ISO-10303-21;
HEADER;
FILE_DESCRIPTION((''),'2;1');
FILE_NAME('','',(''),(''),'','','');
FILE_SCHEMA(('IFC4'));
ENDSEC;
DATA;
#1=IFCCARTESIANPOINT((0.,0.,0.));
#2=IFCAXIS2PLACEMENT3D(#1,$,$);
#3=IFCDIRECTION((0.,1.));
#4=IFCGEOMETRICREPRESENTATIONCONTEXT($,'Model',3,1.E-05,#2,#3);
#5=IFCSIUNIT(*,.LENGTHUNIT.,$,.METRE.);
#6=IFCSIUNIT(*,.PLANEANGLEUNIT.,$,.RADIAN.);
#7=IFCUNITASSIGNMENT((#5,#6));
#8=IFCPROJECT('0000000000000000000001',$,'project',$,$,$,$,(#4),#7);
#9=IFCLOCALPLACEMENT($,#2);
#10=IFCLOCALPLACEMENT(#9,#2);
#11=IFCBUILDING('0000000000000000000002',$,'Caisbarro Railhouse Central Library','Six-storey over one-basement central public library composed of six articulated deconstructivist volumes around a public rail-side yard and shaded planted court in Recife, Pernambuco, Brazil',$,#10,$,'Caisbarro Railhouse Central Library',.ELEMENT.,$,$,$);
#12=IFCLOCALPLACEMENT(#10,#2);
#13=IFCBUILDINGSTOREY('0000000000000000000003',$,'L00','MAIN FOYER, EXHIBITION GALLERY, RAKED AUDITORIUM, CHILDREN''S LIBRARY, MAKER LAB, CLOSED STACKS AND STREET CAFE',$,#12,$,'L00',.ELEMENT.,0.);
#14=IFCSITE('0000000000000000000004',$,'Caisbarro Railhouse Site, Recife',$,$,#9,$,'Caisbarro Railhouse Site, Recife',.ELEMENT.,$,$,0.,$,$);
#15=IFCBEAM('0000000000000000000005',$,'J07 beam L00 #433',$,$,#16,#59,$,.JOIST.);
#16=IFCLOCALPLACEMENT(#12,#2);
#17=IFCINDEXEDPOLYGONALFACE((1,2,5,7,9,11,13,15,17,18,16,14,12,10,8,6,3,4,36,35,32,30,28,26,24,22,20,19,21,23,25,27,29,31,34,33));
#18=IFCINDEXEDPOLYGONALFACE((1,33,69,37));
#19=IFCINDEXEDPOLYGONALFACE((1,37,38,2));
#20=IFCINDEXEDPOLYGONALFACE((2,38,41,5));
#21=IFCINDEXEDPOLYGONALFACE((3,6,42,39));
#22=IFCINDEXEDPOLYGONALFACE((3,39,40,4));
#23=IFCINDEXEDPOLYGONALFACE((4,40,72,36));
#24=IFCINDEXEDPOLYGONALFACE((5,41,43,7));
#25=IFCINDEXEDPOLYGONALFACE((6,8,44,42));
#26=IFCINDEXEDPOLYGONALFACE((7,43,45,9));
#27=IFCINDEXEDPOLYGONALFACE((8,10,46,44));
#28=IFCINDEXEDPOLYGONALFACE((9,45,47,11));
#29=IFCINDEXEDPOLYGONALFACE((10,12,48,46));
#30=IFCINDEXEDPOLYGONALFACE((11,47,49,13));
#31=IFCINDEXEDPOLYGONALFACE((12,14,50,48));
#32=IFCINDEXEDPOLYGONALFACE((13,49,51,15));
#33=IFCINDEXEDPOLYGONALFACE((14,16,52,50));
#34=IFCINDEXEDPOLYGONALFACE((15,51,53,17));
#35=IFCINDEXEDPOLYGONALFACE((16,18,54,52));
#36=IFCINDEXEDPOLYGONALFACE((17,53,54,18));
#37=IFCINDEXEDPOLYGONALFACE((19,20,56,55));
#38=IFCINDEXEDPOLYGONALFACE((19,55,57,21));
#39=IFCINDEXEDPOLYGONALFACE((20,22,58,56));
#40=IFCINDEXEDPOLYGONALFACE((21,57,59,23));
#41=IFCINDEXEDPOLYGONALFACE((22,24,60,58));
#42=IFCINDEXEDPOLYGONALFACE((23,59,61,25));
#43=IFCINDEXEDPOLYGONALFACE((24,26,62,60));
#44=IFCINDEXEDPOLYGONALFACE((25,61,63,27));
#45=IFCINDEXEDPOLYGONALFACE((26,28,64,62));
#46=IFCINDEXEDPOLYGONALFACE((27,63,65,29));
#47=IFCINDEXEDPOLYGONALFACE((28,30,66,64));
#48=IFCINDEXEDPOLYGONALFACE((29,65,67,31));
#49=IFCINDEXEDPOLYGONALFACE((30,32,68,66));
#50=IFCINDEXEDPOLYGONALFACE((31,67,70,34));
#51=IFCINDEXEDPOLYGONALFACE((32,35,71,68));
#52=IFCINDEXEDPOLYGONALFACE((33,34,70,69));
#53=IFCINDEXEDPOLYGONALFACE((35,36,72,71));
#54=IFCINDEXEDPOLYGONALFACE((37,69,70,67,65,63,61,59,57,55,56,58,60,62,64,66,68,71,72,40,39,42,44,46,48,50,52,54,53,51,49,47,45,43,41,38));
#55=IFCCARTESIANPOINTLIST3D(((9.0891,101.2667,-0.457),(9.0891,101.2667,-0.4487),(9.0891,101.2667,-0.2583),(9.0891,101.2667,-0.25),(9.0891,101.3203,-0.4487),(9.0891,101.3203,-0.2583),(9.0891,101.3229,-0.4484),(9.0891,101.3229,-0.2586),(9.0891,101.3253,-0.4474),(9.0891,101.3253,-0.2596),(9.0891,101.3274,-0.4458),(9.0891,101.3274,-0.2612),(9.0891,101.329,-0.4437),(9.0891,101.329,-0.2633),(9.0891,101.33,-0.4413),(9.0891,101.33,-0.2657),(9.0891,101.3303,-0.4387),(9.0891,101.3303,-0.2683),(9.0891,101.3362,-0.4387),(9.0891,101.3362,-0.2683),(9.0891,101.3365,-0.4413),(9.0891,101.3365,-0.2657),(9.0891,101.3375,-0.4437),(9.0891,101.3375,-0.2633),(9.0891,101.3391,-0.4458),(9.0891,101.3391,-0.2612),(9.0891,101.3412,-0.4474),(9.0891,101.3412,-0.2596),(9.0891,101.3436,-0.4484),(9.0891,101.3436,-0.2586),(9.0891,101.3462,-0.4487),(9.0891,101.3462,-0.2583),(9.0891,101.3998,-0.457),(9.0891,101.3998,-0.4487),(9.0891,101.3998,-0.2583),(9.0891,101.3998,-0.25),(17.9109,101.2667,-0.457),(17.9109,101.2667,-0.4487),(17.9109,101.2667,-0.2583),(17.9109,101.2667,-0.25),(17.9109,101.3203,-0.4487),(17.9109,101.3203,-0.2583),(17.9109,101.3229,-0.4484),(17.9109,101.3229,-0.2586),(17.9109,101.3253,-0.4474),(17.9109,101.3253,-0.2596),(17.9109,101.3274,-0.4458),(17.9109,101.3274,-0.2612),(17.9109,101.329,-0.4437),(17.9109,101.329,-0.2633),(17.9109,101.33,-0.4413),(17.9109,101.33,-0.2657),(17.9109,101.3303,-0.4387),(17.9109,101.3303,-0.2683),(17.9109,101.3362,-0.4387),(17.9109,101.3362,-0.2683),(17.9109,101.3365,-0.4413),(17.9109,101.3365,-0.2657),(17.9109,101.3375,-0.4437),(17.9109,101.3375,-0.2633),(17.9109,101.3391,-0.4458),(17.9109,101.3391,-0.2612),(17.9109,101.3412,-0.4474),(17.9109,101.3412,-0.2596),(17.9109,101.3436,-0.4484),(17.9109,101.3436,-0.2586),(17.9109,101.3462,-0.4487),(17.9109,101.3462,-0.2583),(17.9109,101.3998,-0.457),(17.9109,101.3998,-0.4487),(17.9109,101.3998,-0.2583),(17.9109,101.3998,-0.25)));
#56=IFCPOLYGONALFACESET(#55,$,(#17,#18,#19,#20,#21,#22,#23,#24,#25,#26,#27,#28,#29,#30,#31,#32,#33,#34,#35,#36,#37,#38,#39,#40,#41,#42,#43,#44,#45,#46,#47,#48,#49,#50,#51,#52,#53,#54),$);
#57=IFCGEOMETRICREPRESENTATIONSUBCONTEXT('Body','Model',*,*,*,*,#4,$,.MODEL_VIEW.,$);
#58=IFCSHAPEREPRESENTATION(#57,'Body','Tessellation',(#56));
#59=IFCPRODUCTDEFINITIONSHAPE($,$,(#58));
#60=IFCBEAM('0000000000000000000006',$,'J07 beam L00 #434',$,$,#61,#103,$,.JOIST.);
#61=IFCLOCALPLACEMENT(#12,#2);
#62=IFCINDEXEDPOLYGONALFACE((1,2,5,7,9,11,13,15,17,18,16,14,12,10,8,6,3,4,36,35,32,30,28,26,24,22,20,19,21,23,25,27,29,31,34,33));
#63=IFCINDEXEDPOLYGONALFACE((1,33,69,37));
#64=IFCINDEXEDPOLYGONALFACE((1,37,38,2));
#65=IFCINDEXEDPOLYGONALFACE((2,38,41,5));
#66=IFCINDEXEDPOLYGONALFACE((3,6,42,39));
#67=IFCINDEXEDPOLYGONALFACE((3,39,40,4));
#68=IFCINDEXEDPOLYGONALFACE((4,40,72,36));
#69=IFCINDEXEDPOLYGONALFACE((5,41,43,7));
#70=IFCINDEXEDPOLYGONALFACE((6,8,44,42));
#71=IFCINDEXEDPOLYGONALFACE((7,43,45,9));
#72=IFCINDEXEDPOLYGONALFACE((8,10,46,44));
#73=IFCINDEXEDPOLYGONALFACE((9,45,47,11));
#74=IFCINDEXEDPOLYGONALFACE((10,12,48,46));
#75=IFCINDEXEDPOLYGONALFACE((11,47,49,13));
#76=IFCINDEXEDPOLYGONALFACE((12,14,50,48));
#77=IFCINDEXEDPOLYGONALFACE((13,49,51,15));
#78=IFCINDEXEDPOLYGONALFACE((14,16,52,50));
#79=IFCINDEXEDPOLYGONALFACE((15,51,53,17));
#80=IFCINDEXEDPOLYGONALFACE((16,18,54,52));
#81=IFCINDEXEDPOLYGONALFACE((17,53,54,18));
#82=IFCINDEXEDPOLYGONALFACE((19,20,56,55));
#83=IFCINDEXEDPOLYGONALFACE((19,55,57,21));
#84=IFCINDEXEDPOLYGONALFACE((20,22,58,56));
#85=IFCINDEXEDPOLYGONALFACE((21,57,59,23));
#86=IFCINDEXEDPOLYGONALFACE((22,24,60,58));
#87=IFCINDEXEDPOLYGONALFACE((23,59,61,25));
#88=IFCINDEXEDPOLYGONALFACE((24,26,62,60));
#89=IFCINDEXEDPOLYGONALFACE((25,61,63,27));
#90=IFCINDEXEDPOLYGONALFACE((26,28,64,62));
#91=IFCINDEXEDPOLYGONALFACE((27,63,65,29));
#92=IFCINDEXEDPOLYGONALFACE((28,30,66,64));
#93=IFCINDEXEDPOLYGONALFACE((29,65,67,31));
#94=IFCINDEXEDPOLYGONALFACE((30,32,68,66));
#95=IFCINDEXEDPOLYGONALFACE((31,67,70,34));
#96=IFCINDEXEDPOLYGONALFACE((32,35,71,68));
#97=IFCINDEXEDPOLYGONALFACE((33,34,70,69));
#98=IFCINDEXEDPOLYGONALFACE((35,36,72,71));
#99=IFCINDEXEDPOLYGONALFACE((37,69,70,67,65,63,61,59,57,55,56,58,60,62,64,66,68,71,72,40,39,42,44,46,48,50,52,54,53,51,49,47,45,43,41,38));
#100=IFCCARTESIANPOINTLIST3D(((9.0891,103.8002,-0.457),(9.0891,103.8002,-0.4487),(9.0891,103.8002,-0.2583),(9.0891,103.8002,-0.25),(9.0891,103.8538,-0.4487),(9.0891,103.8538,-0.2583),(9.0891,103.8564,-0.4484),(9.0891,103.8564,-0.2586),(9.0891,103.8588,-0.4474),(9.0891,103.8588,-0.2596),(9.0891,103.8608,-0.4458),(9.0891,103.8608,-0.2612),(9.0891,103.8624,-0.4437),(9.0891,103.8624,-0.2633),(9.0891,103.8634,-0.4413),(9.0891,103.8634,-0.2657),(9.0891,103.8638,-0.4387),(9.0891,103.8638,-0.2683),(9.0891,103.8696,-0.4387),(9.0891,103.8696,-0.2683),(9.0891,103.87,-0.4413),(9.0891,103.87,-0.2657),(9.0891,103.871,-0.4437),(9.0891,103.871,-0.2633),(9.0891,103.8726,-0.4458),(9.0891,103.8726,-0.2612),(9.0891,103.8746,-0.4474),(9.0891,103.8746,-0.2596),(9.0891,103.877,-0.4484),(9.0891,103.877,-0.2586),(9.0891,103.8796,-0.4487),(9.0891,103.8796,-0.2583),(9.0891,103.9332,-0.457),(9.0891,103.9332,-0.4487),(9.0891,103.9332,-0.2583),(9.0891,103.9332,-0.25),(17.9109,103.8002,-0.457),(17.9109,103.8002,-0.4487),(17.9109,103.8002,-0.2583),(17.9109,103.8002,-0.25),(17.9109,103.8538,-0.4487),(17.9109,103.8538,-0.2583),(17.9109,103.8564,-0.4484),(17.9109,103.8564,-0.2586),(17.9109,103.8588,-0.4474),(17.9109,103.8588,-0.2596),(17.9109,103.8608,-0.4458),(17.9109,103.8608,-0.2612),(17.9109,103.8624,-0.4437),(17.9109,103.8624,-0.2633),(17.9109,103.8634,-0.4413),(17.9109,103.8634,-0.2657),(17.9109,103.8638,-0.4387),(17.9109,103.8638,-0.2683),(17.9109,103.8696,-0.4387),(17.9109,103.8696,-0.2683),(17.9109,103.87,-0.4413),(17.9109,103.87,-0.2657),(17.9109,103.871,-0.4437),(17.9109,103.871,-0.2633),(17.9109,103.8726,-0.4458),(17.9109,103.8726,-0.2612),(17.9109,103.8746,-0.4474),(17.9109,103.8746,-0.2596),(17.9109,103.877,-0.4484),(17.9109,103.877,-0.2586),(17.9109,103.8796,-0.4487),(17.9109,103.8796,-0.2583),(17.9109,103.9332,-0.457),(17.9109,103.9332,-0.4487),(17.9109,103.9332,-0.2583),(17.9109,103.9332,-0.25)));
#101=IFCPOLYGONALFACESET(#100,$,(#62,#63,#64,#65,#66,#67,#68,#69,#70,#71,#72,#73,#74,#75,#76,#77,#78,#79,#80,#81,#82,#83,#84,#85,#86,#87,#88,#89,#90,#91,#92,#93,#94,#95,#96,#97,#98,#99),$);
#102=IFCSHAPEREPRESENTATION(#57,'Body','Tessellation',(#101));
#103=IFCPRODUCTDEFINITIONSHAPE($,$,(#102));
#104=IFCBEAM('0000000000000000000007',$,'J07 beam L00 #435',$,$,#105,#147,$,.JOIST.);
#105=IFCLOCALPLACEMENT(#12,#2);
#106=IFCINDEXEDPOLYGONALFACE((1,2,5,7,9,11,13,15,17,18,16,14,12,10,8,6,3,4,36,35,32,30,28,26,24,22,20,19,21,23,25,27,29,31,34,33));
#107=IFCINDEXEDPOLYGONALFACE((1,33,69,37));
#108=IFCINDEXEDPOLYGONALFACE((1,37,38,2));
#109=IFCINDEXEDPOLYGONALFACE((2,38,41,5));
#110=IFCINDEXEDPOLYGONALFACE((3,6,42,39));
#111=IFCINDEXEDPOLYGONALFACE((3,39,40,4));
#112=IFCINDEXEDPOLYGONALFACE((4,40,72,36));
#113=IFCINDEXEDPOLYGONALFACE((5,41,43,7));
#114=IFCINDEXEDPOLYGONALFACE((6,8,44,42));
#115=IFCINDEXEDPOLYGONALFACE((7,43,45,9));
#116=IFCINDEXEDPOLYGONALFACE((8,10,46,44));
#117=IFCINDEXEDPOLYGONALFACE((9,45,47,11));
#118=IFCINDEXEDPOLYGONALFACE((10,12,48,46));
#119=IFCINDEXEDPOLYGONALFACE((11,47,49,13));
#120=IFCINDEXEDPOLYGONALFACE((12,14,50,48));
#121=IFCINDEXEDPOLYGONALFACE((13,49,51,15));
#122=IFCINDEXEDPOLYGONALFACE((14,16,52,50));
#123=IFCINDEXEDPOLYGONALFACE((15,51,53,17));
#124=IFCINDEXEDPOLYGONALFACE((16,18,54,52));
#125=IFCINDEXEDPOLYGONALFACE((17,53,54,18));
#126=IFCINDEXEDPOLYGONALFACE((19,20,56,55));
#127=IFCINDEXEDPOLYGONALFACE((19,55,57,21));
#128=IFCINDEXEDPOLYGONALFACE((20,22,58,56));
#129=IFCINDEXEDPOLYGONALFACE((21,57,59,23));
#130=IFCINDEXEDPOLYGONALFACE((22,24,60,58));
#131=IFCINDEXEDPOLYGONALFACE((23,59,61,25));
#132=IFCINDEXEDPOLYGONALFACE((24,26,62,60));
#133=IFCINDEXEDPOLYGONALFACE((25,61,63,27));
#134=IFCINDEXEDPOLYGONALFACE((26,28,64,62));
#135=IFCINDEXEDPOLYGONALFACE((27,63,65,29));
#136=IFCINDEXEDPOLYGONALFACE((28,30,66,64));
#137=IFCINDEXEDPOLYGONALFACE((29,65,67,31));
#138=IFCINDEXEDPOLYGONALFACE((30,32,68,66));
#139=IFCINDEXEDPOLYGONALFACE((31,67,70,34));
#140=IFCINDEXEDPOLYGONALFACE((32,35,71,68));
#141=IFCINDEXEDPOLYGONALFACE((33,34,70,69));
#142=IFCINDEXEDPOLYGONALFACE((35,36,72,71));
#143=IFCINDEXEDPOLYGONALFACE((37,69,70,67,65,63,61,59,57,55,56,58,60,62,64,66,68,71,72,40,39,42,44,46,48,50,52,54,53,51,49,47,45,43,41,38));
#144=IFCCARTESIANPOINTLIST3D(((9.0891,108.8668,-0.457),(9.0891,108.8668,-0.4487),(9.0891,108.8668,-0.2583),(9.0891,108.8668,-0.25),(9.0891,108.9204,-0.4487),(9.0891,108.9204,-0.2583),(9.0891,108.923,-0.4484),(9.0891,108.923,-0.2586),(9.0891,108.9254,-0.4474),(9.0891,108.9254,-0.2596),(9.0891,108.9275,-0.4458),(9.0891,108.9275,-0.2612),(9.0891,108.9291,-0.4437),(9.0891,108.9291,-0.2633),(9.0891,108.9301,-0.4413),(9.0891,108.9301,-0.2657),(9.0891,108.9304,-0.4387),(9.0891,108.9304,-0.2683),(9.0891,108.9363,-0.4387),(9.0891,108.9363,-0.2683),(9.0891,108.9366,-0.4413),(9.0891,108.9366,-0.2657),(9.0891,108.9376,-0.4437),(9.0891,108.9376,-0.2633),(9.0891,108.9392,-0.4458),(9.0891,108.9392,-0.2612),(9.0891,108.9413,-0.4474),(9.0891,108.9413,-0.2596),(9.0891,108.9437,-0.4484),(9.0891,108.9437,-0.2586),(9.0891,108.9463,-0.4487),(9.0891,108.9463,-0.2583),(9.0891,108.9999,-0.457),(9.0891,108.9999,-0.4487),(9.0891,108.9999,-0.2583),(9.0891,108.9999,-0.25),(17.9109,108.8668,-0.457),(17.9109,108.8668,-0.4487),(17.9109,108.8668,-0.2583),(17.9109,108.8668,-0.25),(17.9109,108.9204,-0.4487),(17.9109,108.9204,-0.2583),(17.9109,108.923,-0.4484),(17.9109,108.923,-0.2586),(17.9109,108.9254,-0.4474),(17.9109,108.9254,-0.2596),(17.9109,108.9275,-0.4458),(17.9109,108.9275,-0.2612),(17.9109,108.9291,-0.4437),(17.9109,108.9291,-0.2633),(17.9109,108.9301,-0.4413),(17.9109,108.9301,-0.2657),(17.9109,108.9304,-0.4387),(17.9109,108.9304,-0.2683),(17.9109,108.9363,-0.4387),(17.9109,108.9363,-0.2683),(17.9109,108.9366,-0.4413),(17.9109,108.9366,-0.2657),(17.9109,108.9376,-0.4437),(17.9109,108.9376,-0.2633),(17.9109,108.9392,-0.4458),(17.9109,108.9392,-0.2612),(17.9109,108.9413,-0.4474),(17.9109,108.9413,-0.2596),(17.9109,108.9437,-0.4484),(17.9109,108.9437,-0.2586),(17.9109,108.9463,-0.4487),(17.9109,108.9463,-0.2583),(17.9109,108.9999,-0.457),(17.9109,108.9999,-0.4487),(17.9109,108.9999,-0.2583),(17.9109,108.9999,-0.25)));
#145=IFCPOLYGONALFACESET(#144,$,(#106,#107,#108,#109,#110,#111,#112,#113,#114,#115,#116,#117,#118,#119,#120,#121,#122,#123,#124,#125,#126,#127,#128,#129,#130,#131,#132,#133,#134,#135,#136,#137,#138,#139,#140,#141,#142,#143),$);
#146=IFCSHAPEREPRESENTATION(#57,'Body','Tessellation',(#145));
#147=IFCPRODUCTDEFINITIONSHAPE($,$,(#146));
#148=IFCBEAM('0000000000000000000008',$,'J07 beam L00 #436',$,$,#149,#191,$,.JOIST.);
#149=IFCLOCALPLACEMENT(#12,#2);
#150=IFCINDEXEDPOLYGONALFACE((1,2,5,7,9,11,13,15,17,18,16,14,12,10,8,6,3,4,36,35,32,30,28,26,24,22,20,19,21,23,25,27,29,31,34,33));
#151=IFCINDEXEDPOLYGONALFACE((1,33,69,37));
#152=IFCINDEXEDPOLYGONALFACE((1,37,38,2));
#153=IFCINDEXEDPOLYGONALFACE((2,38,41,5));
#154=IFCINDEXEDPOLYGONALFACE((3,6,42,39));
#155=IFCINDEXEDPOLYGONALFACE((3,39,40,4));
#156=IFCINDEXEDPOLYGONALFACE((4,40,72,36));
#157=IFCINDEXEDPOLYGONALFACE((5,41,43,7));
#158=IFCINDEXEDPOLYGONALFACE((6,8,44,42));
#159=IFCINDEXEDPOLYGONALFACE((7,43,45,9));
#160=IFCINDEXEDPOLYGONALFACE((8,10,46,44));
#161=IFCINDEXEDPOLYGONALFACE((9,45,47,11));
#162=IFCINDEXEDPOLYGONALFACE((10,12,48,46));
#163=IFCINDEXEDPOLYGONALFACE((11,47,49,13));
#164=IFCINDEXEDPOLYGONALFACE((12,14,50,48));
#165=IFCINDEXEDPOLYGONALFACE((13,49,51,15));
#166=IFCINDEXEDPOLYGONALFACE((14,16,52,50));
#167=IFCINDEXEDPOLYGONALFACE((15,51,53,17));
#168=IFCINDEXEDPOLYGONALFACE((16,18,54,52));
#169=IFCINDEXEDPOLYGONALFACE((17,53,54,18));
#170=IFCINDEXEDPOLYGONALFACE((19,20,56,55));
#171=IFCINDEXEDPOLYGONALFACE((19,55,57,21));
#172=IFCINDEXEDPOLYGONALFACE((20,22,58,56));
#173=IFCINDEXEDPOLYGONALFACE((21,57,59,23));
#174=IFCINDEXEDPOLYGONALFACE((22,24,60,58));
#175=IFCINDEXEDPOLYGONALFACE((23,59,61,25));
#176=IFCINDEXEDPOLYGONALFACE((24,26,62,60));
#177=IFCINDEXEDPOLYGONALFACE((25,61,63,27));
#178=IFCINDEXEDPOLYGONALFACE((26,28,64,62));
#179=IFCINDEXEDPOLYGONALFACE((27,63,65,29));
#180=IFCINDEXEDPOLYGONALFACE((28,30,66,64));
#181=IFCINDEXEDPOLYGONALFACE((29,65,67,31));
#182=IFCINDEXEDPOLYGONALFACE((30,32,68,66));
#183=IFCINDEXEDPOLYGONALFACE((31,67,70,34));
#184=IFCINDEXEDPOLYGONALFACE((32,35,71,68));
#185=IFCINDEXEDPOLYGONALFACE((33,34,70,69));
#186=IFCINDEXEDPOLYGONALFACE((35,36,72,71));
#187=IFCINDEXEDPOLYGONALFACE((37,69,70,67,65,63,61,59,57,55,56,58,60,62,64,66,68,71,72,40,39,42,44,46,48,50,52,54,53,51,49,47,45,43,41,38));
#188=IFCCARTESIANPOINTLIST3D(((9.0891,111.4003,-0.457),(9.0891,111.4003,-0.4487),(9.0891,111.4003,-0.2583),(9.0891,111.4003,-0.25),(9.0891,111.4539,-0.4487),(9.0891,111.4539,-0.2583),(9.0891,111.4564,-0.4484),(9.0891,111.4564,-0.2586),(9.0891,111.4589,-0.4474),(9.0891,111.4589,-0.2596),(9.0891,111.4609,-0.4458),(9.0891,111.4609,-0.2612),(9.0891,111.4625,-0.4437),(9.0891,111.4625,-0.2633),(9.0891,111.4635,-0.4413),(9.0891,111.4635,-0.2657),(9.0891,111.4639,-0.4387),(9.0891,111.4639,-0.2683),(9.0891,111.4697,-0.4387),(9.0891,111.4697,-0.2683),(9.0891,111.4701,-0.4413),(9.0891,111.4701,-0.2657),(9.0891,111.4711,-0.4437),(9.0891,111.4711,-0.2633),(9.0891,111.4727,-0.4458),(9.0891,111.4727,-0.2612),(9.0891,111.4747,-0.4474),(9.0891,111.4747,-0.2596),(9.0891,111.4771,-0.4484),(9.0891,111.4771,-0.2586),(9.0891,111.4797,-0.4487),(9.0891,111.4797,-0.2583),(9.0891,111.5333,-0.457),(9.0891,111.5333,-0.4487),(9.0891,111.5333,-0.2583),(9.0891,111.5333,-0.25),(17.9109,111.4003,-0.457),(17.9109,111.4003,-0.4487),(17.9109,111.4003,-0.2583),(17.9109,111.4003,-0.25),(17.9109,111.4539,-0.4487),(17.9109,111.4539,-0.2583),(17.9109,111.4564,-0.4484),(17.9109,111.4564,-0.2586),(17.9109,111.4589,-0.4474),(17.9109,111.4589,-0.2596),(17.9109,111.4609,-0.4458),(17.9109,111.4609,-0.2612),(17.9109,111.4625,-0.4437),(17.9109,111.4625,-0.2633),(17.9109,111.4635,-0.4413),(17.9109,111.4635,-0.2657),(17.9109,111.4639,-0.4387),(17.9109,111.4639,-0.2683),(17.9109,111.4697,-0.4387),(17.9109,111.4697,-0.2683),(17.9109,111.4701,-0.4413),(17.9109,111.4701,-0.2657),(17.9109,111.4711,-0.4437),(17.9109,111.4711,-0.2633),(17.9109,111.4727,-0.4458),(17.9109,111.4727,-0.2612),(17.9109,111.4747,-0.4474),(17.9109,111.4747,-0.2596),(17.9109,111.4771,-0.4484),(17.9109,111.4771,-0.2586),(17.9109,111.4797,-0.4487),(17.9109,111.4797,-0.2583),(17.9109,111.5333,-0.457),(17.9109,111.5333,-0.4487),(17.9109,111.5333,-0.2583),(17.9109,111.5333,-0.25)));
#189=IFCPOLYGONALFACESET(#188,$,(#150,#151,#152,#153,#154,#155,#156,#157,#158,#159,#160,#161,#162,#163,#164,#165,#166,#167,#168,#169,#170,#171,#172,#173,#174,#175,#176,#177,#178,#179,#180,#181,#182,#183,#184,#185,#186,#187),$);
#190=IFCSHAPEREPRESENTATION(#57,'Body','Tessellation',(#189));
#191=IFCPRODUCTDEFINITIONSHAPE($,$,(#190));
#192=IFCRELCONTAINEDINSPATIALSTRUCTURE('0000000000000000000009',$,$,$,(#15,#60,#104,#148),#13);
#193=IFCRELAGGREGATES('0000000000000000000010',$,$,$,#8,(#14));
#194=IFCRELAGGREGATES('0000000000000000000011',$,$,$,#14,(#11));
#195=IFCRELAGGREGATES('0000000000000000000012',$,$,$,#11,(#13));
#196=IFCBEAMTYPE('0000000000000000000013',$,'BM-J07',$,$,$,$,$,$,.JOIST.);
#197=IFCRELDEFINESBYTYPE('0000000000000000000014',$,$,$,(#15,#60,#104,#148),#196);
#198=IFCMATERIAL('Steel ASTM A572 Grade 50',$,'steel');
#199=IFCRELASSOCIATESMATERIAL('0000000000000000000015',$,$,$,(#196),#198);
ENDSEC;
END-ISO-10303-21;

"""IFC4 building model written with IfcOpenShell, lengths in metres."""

from ifc_helpers import new_model, si_unit, direction, frame, origin, origin_2d, place, context, subcontext, project, spatial, i_section, extrude, material, material_profile, profile_set, type_object, element, save


model = new_model("IFC4")

# Units and contexts
model_context = context("Model", 3, precision=1e-05, world=origin(), true_north=direction((0.0, 1.0)))
body_context = subcontext(model_context, "Body", "Model", "MODEL_VIEW")
ifc_project = project(units=[si_unit("LENGTHUNIT", "METRE"), si_unit("PLANEANGLEUNIT", "RADIAN")], contexts=[model_context])

# Site, building, storey
site_placement = place(None, origin())
site = spatial("IfcSite", under=ifc_project, at=site_placement, Name="Caisbarro Railhouse Site, Recife", LongName="Caisbarro Railhouse Site, Recife", CompositionType="ELEMENT", RefElevation=0.0)
building_placement = place(site_placement, origin())
building = spatial("IfcBuilding", under=site, at=building_placement, Name="Caisbarro Railhouse Central Library", Description="Six-storey over one-basement central public library composed of six articulated deconstructivist volumes around a public rail-side yard and shaded planted court in Recife, Pernambuco, Brazil", LongName="Caisbarro Railhouse Central Library", CompositionType="ELEMENT")
storey_placement = place(building_placement, origin())
storey = spatial("IfcBuildingStorey", under=building, at=storey_placement, Name="L00", Description="MAIN FOYER, EXHIBITION GALLERY, RAKED AUDITORIUM, CHILDREN'S LIBRARY, MAKER LAB, CLOSED STACKS AND STREET CAFE", LongName="L00", CompositionType="ELEMENT", Elevation=0.0)

# Shared definitions
ifc_material_1 = material(Name="Steel ASTM A572 Grade 50", Category="steel")

# Beams
ifc_material_profile_1 = material_profile(ifc_material_1, i_section(OverallWidth=0.1331, OverallDepth=0.207, WebThickness=0.0059, FlangeThickness=0.0083, FilletRadius=0.01, at=origin_2d()), Name="W200X26.6")
ifc_profile_set_1 = profile_set([ifc_material_profile_1], Name="Steel ASTM A572 Grade 50")
beam_type_1 = type_object("IfcBeamType", Name="BM-J07", PredefinedType="JOIST", material=ifc_profile_set_1)
for number, where, z_axis, x_axis, name in (
    (1, (9.0891, 101.3333, -0.3535), (1.0, 0.0, 0.0), (0.0, 1.0, 0.0), "J07 beam L00 #433"),
    (2, (9.0891, 103.8667, -0.3535), (1.0, 0.0, 0.0), (0.0, 1.0, 0.0), "J07 beam L00 #434"),
    (3, (9.0891, 108.9333, -0.3535), (1.0, 0.0, 0.0), (0.0, 1.0, 0.0), "J07 beam L00 #435"),
    (4, (9.0891, 111.4668, -0.3535), (1.0, 0.0, 0.0), (0.0, 1.0, 0.0), "J07 beam L00 #436"),
):
    element("IfcBeam", number, at=place(storey_placement, frame(where, z_axis=z_axis, x_axis=x_axis)), inside=storey, type_object=beam_type_1, Name=name, PredefinedType="JOIST", context=body_context, shape_type="SweptSolid", body=[
        extrude(i_section(OverallWidth=0.1331, OverallDepth=0.207, WebThickness=0.0059, FlangeThickness=0.0083, FilletRadius=0.01, at=origin_2d()), origin(), (0.0, 0.0, 1.0), 8.8218),
    ])

save(model, "model.ifc")
